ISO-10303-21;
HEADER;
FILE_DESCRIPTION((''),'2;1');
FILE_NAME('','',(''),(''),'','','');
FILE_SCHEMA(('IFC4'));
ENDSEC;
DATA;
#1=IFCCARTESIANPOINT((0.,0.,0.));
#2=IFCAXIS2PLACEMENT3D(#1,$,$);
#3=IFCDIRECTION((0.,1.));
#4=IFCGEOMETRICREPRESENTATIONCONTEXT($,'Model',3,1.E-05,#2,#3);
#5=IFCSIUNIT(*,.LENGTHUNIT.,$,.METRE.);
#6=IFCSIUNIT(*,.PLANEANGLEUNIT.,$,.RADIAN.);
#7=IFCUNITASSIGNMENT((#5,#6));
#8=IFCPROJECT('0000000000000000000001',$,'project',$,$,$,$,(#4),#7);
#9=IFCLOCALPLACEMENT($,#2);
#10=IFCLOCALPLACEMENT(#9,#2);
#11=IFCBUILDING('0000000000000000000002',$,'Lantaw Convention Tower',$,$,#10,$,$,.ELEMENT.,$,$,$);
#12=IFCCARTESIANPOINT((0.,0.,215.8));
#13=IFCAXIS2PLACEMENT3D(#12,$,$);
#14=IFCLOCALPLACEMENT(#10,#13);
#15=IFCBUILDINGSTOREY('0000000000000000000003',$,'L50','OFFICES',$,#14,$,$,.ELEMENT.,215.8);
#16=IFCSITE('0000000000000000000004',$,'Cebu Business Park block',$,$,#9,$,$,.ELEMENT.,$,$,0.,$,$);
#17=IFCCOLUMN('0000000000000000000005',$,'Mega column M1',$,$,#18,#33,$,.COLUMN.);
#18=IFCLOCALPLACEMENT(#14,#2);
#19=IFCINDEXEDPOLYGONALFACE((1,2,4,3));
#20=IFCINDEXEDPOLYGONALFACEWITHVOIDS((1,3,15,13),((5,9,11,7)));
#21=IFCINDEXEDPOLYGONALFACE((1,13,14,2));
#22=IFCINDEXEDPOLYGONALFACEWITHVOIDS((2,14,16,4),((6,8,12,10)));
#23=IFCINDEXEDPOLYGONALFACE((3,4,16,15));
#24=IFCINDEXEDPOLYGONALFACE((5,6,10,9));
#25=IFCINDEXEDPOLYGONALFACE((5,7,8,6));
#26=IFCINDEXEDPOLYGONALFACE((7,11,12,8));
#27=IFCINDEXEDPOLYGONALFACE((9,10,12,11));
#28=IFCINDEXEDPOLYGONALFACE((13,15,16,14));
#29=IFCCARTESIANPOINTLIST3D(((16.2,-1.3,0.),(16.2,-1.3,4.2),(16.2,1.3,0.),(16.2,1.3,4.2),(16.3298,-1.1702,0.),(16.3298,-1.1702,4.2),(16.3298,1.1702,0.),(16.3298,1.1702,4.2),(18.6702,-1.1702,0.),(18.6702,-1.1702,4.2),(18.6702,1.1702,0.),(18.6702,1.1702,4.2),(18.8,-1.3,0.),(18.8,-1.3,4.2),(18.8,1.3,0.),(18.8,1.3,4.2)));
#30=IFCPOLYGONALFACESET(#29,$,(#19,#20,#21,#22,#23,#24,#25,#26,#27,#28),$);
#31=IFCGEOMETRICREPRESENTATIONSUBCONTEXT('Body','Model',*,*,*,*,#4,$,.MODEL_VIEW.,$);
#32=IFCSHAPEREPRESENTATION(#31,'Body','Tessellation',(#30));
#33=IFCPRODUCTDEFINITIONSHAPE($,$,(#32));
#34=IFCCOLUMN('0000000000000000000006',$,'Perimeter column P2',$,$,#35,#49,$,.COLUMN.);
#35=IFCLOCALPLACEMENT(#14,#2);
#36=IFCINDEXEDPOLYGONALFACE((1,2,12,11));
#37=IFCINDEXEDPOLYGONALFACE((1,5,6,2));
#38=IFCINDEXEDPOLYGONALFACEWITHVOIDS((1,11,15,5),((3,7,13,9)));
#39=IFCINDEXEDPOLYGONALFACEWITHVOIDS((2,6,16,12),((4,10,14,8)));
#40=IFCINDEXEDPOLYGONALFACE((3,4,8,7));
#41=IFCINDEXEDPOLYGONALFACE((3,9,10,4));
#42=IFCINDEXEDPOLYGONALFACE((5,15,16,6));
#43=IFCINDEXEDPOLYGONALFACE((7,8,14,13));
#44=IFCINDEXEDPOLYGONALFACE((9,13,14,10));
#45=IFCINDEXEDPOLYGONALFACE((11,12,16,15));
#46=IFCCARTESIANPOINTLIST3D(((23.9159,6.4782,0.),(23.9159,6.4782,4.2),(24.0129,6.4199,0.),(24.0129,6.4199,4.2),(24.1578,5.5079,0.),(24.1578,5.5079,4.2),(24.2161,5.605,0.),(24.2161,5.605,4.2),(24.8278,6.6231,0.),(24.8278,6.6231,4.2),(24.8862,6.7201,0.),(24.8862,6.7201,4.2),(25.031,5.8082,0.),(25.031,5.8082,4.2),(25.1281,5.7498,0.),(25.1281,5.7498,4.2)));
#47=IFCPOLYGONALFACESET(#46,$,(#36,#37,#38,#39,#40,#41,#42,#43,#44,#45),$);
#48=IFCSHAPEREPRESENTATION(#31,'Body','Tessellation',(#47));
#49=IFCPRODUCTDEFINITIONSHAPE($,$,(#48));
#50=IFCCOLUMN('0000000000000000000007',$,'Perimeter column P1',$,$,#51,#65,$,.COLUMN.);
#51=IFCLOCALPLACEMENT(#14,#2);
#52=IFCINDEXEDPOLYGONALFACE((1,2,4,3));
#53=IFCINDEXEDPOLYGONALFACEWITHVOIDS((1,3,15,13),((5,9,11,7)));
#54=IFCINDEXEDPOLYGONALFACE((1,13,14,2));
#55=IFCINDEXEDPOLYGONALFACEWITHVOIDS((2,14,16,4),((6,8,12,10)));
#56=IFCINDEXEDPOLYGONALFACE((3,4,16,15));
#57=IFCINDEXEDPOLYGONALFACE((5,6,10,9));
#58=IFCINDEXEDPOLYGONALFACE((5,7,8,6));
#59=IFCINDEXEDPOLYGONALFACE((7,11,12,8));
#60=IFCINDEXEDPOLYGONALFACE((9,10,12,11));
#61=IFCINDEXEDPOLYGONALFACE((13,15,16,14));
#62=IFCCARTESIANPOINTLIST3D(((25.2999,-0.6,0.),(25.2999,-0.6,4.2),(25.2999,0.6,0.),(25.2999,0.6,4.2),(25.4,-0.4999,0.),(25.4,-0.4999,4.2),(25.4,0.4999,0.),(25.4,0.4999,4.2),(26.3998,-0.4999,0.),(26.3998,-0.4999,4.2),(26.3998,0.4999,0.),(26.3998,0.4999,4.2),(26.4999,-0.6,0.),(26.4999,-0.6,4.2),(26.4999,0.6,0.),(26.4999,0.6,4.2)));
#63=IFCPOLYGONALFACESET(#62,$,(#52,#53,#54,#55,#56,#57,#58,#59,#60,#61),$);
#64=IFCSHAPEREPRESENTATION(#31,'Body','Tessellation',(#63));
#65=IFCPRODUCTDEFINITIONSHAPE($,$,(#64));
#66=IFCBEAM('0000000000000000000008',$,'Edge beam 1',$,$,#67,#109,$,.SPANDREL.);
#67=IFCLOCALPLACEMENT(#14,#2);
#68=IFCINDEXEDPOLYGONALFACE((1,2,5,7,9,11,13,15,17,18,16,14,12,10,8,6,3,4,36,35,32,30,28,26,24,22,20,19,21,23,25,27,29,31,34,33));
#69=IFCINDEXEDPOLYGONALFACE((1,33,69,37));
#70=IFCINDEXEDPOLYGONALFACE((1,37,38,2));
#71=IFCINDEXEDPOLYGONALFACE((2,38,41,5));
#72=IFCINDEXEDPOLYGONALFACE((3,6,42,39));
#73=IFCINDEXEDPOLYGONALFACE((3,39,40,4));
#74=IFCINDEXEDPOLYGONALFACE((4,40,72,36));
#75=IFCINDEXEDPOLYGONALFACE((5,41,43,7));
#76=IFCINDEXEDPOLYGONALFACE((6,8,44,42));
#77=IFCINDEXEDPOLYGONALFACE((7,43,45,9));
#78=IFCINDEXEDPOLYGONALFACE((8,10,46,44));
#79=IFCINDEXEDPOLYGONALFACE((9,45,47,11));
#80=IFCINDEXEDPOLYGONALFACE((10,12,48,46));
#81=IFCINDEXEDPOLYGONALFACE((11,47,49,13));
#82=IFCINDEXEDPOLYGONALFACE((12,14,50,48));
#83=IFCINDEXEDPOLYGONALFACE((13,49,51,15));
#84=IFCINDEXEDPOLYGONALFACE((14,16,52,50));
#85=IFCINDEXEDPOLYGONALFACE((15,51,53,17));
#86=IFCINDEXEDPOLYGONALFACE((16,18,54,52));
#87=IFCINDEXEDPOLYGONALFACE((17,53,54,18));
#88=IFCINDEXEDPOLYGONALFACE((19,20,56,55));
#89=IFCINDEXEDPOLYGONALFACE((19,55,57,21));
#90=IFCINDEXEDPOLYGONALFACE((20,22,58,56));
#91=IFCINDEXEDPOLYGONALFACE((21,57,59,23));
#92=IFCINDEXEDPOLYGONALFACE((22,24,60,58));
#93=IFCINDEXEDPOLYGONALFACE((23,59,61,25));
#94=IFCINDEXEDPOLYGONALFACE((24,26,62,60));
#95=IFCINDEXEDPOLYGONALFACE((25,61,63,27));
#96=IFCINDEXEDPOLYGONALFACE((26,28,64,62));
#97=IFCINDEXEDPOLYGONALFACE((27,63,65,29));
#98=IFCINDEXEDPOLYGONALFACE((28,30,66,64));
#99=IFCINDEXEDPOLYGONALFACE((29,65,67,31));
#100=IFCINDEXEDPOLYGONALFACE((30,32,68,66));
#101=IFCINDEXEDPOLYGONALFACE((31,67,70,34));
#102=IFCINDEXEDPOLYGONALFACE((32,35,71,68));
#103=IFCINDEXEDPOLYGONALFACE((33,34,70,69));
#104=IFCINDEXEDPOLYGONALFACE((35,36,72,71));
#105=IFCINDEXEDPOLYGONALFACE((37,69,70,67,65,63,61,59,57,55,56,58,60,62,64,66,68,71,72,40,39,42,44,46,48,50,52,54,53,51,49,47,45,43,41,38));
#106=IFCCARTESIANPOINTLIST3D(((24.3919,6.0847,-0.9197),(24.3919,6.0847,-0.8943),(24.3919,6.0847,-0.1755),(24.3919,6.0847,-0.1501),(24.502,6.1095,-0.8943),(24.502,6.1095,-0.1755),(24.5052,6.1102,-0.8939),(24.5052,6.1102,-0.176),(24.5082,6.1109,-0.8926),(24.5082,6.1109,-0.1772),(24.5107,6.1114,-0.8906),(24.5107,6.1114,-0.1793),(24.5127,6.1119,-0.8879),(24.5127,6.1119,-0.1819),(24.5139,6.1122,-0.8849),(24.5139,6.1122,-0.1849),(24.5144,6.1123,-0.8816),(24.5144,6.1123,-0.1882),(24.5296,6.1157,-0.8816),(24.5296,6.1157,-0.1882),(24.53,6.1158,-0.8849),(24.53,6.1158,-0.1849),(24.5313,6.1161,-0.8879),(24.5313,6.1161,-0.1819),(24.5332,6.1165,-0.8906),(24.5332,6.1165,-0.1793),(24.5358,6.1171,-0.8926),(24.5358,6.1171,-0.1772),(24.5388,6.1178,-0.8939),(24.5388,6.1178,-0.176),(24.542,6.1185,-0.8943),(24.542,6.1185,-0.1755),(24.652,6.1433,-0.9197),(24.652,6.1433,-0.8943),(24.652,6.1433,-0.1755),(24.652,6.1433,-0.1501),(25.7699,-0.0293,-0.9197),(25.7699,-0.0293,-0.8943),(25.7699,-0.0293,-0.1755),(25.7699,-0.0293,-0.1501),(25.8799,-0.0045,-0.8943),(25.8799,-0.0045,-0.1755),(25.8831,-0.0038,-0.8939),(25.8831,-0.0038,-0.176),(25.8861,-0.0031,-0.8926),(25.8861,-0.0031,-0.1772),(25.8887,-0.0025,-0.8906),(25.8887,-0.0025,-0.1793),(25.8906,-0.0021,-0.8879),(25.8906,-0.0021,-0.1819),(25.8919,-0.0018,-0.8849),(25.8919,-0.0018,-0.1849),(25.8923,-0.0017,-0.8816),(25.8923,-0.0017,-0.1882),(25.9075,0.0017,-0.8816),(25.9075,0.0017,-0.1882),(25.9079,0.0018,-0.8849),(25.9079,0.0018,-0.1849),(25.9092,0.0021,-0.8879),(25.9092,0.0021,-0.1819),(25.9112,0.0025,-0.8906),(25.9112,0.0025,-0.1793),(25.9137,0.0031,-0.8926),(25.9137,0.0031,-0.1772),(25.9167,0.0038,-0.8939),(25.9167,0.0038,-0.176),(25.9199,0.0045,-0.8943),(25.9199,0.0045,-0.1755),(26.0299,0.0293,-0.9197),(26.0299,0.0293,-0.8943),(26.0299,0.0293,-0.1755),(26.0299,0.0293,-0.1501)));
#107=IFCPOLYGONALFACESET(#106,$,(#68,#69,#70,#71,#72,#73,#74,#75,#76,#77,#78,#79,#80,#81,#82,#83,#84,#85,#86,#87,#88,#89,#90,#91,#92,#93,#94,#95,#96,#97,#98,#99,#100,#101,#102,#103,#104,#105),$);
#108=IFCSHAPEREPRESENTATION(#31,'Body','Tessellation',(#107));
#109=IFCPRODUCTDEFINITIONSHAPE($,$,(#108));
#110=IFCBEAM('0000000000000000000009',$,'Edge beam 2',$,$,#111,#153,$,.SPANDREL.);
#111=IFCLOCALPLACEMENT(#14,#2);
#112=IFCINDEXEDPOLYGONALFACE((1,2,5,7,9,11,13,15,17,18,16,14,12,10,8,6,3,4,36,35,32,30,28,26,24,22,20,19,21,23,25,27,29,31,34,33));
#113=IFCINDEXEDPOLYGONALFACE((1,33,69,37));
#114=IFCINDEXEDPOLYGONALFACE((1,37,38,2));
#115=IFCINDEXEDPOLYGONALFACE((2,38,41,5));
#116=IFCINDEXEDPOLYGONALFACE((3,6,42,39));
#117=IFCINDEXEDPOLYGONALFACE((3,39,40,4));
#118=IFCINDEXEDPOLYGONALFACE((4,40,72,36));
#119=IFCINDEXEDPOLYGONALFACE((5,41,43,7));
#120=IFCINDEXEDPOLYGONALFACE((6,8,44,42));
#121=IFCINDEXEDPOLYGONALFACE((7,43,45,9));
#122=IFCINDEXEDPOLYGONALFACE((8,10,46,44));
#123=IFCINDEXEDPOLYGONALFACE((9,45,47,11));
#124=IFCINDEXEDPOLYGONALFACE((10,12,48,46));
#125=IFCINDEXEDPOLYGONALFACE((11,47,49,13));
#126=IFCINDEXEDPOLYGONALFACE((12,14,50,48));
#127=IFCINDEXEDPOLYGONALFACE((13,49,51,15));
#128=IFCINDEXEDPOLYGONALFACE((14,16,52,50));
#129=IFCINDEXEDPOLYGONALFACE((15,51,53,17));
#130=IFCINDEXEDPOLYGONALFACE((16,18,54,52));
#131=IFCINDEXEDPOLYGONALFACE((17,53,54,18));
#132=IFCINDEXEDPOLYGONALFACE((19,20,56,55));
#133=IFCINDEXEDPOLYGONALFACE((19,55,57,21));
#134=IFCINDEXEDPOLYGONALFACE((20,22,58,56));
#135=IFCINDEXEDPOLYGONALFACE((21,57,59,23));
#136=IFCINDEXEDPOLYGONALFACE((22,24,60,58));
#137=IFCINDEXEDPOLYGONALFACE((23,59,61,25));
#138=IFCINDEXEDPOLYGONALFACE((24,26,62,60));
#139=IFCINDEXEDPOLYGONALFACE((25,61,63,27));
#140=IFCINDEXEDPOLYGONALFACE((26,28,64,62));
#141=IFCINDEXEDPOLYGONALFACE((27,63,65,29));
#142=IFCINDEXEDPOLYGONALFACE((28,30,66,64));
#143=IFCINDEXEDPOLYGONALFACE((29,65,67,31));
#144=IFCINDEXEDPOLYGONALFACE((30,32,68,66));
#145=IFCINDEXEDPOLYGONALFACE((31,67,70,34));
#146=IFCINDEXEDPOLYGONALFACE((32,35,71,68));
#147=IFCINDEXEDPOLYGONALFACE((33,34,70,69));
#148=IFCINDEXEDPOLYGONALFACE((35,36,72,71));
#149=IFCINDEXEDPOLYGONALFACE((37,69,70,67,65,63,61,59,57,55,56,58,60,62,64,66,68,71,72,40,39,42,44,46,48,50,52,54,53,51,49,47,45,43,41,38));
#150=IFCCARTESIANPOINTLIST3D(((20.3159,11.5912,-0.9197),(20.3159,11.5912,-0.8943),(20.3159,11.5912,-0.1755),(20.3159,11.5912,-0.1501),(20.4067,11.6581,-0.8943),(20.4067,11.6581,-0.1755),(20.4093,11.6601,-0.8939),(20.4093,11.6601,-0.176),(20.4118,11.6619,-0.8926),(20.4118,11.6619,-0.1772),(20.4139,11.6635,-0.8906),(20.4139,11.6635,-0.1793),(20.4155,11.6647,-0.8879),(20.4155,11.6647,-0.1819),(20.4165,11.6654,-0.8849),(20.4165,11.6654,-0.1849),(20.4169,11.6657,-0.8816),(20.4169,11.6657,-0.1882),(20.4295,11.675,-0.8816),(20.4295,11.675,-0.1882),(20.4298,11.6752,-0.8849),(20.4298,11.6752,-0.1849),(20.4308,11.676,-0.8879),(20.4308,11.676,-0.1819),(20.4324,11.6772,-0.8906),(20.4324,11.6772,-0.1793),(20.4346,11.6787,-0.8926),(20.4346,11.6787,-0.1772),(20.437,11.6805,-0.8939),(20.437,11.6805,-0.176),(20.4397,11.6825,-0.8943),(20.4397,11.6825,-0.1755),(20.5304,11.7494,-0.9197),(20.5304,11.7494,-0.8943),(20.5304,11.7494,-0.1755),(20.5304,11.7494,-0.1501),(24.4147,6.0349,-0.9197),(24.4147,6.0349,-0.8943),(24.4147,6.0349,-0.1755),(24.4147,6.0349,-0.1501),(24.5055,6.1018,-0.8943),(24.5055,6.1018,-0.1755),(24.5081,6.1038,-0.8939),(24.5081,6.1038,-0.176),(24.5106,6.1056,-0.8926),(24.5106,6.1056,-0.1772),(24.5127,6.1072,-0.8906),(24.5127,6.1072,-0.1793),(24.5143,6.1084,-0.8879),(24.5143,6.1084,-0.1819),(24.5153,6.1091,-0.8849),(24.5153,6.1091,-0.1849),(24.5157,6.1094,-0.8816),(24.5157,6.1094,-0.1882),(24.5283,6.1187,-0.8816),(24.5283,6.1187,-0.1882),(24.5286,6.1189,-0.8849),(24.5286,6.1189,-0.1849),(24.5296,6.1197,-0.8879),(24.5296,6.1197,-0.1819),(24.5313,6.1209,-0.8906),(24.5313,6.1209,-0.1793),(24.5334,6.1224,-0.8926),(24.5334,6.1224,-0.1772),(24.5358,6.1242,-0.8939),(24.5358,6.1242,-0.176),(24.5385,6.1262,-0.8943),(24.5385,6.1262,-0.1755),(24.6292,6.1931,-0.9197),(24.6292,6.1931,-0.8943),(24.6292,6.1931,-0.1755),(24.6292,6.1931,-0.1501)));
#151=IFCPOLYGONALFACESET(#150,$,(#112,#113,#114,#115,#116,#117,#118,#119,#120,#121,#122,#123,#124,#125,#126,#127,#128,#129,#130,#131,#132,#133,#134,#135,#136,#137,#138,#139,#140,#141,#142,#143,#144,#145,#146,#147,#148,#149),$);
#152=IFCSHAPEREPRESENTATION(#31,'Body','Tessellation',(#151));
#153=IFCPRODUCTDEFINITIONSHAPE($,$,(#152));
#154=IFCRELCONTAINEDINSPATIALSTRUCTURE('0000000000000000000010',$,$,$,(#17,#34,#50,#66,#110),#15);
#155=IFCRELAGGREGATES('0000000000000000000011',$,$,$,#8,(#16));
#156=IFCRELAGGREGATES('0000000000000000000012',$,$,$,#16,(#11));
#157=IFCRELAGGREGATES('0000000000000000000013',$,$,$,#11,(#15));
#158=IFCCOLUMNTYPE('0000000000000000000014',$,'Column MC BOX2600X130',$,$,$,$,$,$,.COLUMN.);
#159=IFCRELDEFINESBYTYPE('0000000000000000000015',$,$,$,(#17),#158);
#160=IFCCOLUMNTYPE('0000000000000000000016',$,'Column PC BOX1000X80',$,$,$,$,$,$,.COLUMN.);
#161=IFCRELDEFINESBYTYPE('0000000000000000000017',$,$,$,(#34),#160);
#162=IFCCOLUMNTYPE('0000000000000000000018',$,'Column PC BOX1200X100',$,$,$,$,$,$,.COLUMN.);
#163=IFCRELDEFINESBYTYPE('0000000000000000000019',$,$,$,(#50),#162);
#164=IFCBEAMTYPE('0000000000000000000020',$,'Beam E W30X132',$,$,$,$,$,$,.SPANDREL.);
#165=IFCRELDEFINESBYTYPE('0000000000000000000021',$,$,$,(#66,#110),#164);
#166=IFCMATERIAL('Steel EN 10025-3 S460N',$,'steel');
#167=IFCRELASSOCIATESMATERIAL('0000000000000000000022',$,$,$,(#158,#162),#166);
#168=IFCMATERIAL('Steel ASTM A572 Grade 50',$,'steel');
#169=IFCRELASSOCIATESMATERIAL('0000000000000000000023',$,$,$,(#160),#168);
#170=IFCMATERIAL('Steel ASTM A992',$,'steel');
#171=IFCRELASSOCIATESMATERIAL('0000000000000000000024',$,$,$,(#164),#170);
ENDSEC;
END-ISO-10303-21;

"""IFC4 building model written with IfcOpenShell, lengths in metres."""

from ifc_helpers import new_model, si_unit, direction, frame, origin, origin_2d, place, context, subcontext, project, spatial, rectangle, hollow_rectangle, i_section, extrude, material, material_profile, profile_set, type_object, element, save


model = new_model("IFC4")

# Units and contexts
model_context = context("Model", 3, precision=1e-05, world=origin(), true_north=direction((0.0, 1.0)))
body_context = subcontext(model_context, "Body", "Model", "MODEL_VIEW")
ifc_project = project(units=[si_unit("LENGTHUNIT", "METRE"), si_unit("PLANEANGLEUNIT", "RADIAN")], contexts=[model_context])

# Site, building, storey
site_placement = place(None, origin())
site = spatial("IfcSite", under=ifc_project, at=site_placement, Name="Cebu Business Park block", CompositionType="ELEMENT", RefElevation=0.0)
building_placement = place(site_placement, origin())
building = spatial("IfcBuilding", under=site, at=building_placement, Name="Lantaw Convention Tower", CompositionType="ELEMENT")
storey_placement = place(building_placement, frame((0.0, 0.0, 215.8)))
storey = spatial("IfcBuildingStorey", under=building, at=storey_placement, Name="L50", Description="OFFICES", CompositionType="ELEMENT", Elevation=215.8)

# Columns
ifc_material_1 = material(Name="Steel EN 10025-3 S460N", Category="steel")
ifc_material_profile_1 = material_profile(ifc_material_1, hollow_rectangle(XDim=2.6001, YDim=2.6001, WallThickness=0.1299, at=origin_2d()), Name="BOX2600X130")
ifc_material_2 = material(Name="Concrete C60/75", Category="concrete")
ifc_material_profile_2 = material_profile(ifc_material_2, rectangle(XDim=2.3401, YDim=2.3401, at=origin_2d()), Name="Concrete fill of BOX2600X130")
ifc_profile_set_1 = profile_set([ifc_material_profile_1, ifc_material_profile_2], Name="Steel EN 10025-3 S460N")
column_type_1 = type_object("IfcColumnType", Name="Column MC BOX2600X130", PredefinedType="COLUMN", material=ifc_profile_set_1)
column_1_placement = place(storey_placement, frame((17.5, 0.0, 0.0), z_axis=(0.0, 0.0, 1.0), x_axis=(1.0, 0.0, 0.0)))
element("IfcColumn", 1, at=column_1_placement, inside=storey, type_object=column_type_1, Name="Mega column M1", PredefinedType="COLUMN", context=body_context, shape_type="SweptSolid", body=[
    extrude(hollow_rectangle(XDim=2.6001, YDim=2.6001, WallThickness=0.1299, at=origin_2d()), origin(), (0.0, 0.0, 1.0), 4.2),
])
ifc_material_3 = material(Name="Steel ASTM A572 Grade 50", Category="steel")
ifc_material_profile_3 = material_profile(ifc_material_3, hollow_rectangle(XDim=1.0, YDim=1.0, WallThickness=0.0801, at=origin_2d()), Name="BOX1000X80")
ifc_material_profile_4 = material_profile(ifc_material_2, rectangle(XDim=0.8401, YDim=0.8401, at=origin_2d()), Name="Concrete fill of BOX1000X80")
ifc_profile_set_2 = profile_set([ifc_material_profile_3, ifc_material_profile_4], Name="Steel ASTM A572 Grade 50")
column_type_2 = type_object("IfcColumnType", Name="Column PC BOX1000X80", PredefinedType="COLUMN", material=ifc_profile_set_2)
column_2_placement = place(storey_placement, frame((24.522, 6.114, 0.0), z_axis=(0.0, 0.0, 1.0), x_axis=(0.970296, 0.241922, 0.0)))
element("IfcColumn", 2, at=column_2_placement, inside=storey, type_object=column_type_2, Name="Perimeter column P2", PredefinedType="COLUMN", context=body_context, shape_type="SweptSolid", body=[
    extrude(hollow_rectangle(XDim=1.0, YDim=1.0, WallThickness=0.0801, at=origin_2d()), origin(), (0.0, 0.0, 1.0), 4.2),
])
ifc_material_profile_5 = material_profile(ifc_material_1, hollow_rectangle(XDim=1.2, YDim=1.2, WallThickness=0.1001, at=origin_2d()), Name="BOX1200X100")
ifc_material_profile_6 = material_profile(ifc_material_2, rectangle(XDim=1.0, YDim=1.0, at=origin_2d()), Name="Concrete fill of BOX1200X100")
ifc_profile_set_3 = profile_set([ifc_material_profile_5, ifc_material_profile_6], Name="Steel EN 10025-3 S460N")
column_type_3 = type_object("IfcColumnType", Name="Column PC BOX1200X100", PredefinedType="COLUMN", material=ifc_profile_set_3)
column_3_placement = place(storey_placement, frame((25.8999, 0.0, 0.0), z_axis=(0.0, 0.0, 1.0), x_axis=(1.0, 0.0, 0.0)))
element("IfcColumn", 3, at=column_3_placement, inside=storey, type_object=column_type_3, Name="Perimeter column P1", PredefinedType="COLUMN", context=body_context, shape_type="SweptSolid", body=[
    extrude(hollow_rectangle(XDim=1.2, YDim=1.2, WallThickness=0.1001, at=origin_2d()), origin(), (0.0, 0.0, 1.0), 4.2),
])

# Beams
ifc_material_4 = material(Name="Steel ASTM A992", Category="steel")
ifc_material_profile_7 = material_profile(ifc_material_4, i_section(OverallWidth=0.2666, OverallDepth=0.7695, WebThickness=0.0156, FlangeThickness=0.0254, FilletRadius=0.0127, at=origin_2d()), Name="W30X132")
ifc_profile_set_4 = profile_set([ifc_material_profile_7], Name="Steel ASTM A992")
beam_type_1 = type_object("IfcBeamType", Name="Beam E W30X132", PredefinedType="SPANDREL", material=ifc_profile_set_4)
beam_1_placement = place(storey_placement, frame((25.8999, 0.0, -0.5349), z_axis=(-0.219858, 0.975532, 0.0), x_axis=(-0.975532, -0.219858, 0.0)))
element("IfcBeam", 4, at=beam_1_placement, inside=storey, type_object=beam_type_1, Name="Edge beam 1", PredefinedType="SPANDREL", context=body_context, shape_type="SweptSolid", body=[
    extrude(i_section(OverallWidth=0.2666, OverallDepth=0.7695, WebThickness=0.0156, FlangeThickness=0.0254, FilletRadius=0.0127, at=origin_2d()), origin(), (0.0, 0.0, 1.0), 6.2673),
])
beam_2_placement = place(storey_placement, frame((24.522, 6.114, -0.5349), z_axis=(-0.593639, 0.804731, 0.0), x_axis=(-0.804731, -0.593639, 0.0)))
element("IfcBeam", 5, at=beam_2_placement, inside=storey, type_object=beam_type_1, Name="Edge beam 2", PredefinedType="SPANDREL", context=body_context, shape_type="SweptSolid", body=[
    extrude(i_section(OverallWidth=0.2666, OverallDepth=0.7695, WebThickness=0.0156, FlangeThickness=0.0254, FilletRadius=0.0127, at=origin_2d()), origin(), (0.0, 0.0, 1.0), 6.9045),
])

save(model, "model.ifc")
